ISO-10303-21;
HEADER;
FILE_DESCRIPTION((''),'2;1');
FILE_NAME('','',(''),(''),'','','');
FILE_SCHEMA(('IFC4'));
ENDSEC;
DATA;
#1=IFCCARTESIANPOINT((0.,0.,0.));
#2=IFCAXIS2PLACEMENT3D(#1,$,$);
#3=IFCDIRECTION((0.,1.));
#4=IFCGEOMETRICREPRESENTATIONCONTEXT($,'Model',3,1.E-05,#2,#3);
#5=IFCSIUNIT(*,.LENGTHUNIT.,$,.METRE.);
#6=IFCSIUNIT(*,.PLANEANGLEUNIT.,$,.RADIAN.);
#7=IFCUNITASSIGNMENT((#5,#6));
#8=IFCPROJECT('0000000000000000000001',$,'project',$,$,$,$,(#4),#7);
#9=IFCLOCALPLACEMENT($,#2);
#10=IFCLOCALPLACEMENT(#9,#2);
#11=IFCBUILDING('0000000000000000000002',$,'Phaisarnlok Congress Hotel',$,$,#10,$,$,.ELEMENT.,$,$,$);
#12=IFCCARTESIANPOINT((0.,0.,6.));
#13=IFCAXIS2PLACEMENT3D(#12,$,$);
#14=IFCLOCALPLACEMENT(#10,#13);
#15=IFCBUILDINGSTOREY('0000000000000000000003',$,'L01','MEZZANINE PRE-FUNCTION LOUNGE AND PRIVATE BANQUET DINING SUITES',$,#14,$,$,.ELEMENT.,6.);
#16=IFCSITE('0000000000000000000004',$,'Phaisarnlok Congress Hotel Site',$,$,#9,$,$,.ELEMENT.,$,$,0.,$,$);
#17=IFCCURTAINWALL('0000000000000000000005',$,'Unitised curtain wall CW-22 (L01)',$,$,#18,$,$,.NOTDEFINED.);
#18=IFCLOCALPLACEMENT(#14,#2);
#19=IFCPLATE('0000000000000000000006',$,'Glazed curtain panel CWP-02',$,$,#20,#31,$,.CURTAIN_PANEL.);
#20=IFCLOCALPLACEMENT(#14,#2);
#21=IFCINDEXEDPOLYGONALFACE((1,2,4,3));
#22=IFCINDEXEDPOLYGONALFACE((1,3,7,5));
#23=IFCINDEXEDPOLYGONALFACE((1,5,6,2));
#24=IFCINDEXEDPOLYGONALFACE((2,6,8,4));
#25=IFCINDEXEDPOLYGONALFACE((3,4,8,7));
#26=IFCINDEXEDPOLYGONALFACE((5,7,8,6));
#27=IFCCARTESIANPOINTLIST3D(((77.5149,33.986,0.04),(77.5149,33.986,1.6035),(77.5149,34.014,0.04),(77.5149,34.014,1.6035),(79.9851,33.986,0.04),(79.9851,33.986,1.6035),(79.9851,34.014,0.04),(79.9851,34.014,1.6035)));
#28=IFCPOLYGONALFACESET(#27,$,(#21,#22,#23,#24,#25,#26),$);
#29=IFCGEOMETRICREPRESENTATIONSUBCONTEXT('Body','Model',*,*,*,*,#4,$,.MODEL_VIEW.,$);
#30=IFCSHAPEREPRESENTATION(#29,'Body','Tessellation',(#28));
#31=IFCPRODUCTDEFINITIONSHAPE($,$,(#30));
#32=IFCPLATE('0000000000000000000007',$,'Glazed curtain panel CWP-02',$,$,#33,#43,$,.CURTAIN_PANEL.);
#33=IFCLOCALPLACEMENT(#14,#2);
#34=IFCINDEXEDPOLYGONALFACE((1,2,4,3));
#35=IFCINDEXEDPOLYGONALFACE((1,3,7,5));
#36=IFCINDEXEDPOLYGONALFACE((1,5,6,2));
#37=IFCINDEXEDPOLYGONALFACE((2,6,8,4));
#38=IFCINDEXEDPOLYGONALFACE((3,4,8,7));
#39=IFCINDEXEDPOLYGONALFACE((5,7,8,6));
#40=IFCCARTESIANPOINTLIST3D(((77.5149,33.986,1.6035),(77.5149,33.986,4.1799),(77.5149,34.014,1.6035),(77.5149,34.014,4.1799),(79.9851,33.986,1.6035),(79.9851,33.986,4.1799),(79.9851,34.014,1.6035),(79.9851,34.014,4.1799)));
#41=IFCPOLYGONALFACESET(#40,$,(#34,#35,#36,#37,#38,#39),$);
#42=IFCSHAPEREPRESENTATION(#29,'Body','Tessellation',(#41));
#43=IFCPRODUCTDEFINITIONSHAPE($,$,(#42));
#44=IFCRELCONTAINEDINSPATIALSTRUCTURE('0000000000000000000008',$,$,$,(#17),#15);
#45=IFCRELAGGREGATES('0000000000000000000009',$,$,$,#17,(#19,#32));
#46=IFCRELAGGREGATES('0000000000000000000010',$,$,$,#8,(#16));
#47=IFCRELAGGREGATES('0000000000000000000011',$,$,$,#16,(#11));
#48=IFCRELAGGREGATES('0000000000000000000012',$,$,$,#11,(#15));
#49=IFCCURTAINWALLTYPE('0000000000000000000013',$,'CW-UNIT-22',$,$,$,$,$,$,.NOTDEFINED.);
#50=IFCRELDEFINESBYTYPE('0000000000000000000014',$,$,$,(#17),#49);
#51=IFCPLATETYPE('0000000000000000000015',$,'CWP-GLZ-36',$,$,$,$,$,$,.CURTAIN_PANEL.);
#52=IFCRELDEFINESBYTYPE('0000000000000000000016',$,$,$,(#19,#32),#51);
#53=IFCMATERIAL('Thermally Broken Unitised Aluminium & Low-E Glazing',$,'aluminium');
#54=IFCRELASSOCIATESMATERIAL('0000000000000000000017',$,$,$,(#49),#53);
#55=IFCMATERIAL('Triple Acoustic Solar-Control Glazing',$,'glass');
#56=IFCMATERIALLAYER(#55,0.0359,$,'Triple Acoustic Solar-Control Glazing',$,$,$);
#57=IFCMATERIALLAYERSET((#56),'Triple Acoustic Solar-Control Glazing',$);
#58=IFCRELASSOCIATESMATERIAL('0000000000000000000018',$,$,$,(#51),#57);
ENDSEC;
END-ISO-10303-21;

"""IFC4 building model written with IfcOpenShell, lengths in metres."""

from ifc_helpers import new_model, si_unit, direction, frame, frame_2d, origin, place, context, subcontext, project, spatial, rectangle, extrude, material, layer, layer_set, type_object, element, aggregate, save


model = new_model("IFC4")

# Units and contexts
model_context = context("Model", 3, precision=1e-05, world=origin(), true_north=direction((0.0, 1.0)))
body_context = subcontext(model_context, "Body", "Model", "MODEL_VIEW")
ifc_project = project(units=[si_unit("LENGTHUNIT", "METRE"), si_unit("PLANEANGLEUNIT", "RADIAN")], contexts=[model_context])

# Site, building, storey
site_placement = place(None, origin())
site = spatial("IfcSite", under=ifc_project, at=site_placement, Name="Phaisarnlok Congress Hotel Site", CompositionType="ELEMENT", RefElevation=0.0)
building_placement = place(site_placement, origin())
building = spatial("IfcBuilding", under=site, at=building_placement, Name="Phaisarnlok Congress Hotel", CompositionType="ELEMENT")
storey_placement = place(building_placement, frame((0.0, 0.0, 6.0)))
storey = spatial("IfcBuildingStorey", under=building, at=storey_placement, Name="L01", Description="MEZZANINE PRE-FUNCTION LOUNGE AND PRIVATE BANQUET DINING SUITES", CompositionType="ELEMENT", Elevation=6.0)

# Curtain wall
ifc_material_1 = material(Name="Thermally Broken Unitised Aluminium & Low-E Glazing", Category="aluminium")
curtain_wall_type_1 = type_object("IfcCurtainWallType", Name="CW-UNIT-22", PredefinedType="NOTDEFINED", material=ifc_material_1)
curtain_wall_1_placement = place(storey_placement, origin())
curtain_wall_1 = element("IfcCurtainWall", 1, at=curtain_wall_1_placement, inside=storey, type_object=curtain_wall_type_1, Name="Unitised curtain wall CW-22 (L01)", PredefinedType="NOTDEFINED")

# Plates
ifc_material_2 = material(Name="Triple Acoustic Solar-Control Glazing", Category="glass")
ifc_layer = layer(ifc_material_2, 0.0359, Name="Triple Acoustic Solar-Control Glazing")
ifc_layer_set = layer_set([ifc_layer], Name="Triple Acoustic Solar-Control Glazing")
plate_type = type_object("IfcPlateType", Name="CWP-GLZ-36", PredefinedType="CURTAIN_PANEL", material=ifc_layer_set)
plate_1_placement = place(storey_placement, frame((77.5149, 34.0, 0.04), z_axis=(0.0, 0.0, 1.0), x_axis=(1.0, 0.0, 0.0)))
plate_1 = element("IfcPlate", 2, at=plate_1_placement, type_object=plate_type, Name="Glazed curtain panel CWP-02", PredefinedType="CURTAIN_PANEL", context=body_context, shape_type="SweptSolid", body=[
    extrude(rectangle(XDim=2.4702, YDim=0.0281, at=frame_2d((1.2351, 0.0))), origin(), (0.0, 0.0, 1.0), 1.5635),
])
plate_2_placement = place(storey_placement, frame((77.5149, 34.0, 1.6035), z_axis=(0.0, 0.0, 1.0), x_axis=(1.0, 0.0, 0.0)))
plate_2 = element("IfcPlate", 3, at=plate_2_placement, type_object=plate_type, Name="Glazed curtain panel CWP-02", PredefinedType="CURTAIN_PANEL", context=body_context, shape_type="SweptSolid", body=[
    extrude(rectangle(XDim=2.4702, YDim=0.0281, at=frame_2d((1.2351, 0.0))), origin(), (0.0, 0.0, 1.0), 2.5764),
])
aggregate(curtain_wall_1, [plate_1, plate_2])

save(model, "model.ifc")
